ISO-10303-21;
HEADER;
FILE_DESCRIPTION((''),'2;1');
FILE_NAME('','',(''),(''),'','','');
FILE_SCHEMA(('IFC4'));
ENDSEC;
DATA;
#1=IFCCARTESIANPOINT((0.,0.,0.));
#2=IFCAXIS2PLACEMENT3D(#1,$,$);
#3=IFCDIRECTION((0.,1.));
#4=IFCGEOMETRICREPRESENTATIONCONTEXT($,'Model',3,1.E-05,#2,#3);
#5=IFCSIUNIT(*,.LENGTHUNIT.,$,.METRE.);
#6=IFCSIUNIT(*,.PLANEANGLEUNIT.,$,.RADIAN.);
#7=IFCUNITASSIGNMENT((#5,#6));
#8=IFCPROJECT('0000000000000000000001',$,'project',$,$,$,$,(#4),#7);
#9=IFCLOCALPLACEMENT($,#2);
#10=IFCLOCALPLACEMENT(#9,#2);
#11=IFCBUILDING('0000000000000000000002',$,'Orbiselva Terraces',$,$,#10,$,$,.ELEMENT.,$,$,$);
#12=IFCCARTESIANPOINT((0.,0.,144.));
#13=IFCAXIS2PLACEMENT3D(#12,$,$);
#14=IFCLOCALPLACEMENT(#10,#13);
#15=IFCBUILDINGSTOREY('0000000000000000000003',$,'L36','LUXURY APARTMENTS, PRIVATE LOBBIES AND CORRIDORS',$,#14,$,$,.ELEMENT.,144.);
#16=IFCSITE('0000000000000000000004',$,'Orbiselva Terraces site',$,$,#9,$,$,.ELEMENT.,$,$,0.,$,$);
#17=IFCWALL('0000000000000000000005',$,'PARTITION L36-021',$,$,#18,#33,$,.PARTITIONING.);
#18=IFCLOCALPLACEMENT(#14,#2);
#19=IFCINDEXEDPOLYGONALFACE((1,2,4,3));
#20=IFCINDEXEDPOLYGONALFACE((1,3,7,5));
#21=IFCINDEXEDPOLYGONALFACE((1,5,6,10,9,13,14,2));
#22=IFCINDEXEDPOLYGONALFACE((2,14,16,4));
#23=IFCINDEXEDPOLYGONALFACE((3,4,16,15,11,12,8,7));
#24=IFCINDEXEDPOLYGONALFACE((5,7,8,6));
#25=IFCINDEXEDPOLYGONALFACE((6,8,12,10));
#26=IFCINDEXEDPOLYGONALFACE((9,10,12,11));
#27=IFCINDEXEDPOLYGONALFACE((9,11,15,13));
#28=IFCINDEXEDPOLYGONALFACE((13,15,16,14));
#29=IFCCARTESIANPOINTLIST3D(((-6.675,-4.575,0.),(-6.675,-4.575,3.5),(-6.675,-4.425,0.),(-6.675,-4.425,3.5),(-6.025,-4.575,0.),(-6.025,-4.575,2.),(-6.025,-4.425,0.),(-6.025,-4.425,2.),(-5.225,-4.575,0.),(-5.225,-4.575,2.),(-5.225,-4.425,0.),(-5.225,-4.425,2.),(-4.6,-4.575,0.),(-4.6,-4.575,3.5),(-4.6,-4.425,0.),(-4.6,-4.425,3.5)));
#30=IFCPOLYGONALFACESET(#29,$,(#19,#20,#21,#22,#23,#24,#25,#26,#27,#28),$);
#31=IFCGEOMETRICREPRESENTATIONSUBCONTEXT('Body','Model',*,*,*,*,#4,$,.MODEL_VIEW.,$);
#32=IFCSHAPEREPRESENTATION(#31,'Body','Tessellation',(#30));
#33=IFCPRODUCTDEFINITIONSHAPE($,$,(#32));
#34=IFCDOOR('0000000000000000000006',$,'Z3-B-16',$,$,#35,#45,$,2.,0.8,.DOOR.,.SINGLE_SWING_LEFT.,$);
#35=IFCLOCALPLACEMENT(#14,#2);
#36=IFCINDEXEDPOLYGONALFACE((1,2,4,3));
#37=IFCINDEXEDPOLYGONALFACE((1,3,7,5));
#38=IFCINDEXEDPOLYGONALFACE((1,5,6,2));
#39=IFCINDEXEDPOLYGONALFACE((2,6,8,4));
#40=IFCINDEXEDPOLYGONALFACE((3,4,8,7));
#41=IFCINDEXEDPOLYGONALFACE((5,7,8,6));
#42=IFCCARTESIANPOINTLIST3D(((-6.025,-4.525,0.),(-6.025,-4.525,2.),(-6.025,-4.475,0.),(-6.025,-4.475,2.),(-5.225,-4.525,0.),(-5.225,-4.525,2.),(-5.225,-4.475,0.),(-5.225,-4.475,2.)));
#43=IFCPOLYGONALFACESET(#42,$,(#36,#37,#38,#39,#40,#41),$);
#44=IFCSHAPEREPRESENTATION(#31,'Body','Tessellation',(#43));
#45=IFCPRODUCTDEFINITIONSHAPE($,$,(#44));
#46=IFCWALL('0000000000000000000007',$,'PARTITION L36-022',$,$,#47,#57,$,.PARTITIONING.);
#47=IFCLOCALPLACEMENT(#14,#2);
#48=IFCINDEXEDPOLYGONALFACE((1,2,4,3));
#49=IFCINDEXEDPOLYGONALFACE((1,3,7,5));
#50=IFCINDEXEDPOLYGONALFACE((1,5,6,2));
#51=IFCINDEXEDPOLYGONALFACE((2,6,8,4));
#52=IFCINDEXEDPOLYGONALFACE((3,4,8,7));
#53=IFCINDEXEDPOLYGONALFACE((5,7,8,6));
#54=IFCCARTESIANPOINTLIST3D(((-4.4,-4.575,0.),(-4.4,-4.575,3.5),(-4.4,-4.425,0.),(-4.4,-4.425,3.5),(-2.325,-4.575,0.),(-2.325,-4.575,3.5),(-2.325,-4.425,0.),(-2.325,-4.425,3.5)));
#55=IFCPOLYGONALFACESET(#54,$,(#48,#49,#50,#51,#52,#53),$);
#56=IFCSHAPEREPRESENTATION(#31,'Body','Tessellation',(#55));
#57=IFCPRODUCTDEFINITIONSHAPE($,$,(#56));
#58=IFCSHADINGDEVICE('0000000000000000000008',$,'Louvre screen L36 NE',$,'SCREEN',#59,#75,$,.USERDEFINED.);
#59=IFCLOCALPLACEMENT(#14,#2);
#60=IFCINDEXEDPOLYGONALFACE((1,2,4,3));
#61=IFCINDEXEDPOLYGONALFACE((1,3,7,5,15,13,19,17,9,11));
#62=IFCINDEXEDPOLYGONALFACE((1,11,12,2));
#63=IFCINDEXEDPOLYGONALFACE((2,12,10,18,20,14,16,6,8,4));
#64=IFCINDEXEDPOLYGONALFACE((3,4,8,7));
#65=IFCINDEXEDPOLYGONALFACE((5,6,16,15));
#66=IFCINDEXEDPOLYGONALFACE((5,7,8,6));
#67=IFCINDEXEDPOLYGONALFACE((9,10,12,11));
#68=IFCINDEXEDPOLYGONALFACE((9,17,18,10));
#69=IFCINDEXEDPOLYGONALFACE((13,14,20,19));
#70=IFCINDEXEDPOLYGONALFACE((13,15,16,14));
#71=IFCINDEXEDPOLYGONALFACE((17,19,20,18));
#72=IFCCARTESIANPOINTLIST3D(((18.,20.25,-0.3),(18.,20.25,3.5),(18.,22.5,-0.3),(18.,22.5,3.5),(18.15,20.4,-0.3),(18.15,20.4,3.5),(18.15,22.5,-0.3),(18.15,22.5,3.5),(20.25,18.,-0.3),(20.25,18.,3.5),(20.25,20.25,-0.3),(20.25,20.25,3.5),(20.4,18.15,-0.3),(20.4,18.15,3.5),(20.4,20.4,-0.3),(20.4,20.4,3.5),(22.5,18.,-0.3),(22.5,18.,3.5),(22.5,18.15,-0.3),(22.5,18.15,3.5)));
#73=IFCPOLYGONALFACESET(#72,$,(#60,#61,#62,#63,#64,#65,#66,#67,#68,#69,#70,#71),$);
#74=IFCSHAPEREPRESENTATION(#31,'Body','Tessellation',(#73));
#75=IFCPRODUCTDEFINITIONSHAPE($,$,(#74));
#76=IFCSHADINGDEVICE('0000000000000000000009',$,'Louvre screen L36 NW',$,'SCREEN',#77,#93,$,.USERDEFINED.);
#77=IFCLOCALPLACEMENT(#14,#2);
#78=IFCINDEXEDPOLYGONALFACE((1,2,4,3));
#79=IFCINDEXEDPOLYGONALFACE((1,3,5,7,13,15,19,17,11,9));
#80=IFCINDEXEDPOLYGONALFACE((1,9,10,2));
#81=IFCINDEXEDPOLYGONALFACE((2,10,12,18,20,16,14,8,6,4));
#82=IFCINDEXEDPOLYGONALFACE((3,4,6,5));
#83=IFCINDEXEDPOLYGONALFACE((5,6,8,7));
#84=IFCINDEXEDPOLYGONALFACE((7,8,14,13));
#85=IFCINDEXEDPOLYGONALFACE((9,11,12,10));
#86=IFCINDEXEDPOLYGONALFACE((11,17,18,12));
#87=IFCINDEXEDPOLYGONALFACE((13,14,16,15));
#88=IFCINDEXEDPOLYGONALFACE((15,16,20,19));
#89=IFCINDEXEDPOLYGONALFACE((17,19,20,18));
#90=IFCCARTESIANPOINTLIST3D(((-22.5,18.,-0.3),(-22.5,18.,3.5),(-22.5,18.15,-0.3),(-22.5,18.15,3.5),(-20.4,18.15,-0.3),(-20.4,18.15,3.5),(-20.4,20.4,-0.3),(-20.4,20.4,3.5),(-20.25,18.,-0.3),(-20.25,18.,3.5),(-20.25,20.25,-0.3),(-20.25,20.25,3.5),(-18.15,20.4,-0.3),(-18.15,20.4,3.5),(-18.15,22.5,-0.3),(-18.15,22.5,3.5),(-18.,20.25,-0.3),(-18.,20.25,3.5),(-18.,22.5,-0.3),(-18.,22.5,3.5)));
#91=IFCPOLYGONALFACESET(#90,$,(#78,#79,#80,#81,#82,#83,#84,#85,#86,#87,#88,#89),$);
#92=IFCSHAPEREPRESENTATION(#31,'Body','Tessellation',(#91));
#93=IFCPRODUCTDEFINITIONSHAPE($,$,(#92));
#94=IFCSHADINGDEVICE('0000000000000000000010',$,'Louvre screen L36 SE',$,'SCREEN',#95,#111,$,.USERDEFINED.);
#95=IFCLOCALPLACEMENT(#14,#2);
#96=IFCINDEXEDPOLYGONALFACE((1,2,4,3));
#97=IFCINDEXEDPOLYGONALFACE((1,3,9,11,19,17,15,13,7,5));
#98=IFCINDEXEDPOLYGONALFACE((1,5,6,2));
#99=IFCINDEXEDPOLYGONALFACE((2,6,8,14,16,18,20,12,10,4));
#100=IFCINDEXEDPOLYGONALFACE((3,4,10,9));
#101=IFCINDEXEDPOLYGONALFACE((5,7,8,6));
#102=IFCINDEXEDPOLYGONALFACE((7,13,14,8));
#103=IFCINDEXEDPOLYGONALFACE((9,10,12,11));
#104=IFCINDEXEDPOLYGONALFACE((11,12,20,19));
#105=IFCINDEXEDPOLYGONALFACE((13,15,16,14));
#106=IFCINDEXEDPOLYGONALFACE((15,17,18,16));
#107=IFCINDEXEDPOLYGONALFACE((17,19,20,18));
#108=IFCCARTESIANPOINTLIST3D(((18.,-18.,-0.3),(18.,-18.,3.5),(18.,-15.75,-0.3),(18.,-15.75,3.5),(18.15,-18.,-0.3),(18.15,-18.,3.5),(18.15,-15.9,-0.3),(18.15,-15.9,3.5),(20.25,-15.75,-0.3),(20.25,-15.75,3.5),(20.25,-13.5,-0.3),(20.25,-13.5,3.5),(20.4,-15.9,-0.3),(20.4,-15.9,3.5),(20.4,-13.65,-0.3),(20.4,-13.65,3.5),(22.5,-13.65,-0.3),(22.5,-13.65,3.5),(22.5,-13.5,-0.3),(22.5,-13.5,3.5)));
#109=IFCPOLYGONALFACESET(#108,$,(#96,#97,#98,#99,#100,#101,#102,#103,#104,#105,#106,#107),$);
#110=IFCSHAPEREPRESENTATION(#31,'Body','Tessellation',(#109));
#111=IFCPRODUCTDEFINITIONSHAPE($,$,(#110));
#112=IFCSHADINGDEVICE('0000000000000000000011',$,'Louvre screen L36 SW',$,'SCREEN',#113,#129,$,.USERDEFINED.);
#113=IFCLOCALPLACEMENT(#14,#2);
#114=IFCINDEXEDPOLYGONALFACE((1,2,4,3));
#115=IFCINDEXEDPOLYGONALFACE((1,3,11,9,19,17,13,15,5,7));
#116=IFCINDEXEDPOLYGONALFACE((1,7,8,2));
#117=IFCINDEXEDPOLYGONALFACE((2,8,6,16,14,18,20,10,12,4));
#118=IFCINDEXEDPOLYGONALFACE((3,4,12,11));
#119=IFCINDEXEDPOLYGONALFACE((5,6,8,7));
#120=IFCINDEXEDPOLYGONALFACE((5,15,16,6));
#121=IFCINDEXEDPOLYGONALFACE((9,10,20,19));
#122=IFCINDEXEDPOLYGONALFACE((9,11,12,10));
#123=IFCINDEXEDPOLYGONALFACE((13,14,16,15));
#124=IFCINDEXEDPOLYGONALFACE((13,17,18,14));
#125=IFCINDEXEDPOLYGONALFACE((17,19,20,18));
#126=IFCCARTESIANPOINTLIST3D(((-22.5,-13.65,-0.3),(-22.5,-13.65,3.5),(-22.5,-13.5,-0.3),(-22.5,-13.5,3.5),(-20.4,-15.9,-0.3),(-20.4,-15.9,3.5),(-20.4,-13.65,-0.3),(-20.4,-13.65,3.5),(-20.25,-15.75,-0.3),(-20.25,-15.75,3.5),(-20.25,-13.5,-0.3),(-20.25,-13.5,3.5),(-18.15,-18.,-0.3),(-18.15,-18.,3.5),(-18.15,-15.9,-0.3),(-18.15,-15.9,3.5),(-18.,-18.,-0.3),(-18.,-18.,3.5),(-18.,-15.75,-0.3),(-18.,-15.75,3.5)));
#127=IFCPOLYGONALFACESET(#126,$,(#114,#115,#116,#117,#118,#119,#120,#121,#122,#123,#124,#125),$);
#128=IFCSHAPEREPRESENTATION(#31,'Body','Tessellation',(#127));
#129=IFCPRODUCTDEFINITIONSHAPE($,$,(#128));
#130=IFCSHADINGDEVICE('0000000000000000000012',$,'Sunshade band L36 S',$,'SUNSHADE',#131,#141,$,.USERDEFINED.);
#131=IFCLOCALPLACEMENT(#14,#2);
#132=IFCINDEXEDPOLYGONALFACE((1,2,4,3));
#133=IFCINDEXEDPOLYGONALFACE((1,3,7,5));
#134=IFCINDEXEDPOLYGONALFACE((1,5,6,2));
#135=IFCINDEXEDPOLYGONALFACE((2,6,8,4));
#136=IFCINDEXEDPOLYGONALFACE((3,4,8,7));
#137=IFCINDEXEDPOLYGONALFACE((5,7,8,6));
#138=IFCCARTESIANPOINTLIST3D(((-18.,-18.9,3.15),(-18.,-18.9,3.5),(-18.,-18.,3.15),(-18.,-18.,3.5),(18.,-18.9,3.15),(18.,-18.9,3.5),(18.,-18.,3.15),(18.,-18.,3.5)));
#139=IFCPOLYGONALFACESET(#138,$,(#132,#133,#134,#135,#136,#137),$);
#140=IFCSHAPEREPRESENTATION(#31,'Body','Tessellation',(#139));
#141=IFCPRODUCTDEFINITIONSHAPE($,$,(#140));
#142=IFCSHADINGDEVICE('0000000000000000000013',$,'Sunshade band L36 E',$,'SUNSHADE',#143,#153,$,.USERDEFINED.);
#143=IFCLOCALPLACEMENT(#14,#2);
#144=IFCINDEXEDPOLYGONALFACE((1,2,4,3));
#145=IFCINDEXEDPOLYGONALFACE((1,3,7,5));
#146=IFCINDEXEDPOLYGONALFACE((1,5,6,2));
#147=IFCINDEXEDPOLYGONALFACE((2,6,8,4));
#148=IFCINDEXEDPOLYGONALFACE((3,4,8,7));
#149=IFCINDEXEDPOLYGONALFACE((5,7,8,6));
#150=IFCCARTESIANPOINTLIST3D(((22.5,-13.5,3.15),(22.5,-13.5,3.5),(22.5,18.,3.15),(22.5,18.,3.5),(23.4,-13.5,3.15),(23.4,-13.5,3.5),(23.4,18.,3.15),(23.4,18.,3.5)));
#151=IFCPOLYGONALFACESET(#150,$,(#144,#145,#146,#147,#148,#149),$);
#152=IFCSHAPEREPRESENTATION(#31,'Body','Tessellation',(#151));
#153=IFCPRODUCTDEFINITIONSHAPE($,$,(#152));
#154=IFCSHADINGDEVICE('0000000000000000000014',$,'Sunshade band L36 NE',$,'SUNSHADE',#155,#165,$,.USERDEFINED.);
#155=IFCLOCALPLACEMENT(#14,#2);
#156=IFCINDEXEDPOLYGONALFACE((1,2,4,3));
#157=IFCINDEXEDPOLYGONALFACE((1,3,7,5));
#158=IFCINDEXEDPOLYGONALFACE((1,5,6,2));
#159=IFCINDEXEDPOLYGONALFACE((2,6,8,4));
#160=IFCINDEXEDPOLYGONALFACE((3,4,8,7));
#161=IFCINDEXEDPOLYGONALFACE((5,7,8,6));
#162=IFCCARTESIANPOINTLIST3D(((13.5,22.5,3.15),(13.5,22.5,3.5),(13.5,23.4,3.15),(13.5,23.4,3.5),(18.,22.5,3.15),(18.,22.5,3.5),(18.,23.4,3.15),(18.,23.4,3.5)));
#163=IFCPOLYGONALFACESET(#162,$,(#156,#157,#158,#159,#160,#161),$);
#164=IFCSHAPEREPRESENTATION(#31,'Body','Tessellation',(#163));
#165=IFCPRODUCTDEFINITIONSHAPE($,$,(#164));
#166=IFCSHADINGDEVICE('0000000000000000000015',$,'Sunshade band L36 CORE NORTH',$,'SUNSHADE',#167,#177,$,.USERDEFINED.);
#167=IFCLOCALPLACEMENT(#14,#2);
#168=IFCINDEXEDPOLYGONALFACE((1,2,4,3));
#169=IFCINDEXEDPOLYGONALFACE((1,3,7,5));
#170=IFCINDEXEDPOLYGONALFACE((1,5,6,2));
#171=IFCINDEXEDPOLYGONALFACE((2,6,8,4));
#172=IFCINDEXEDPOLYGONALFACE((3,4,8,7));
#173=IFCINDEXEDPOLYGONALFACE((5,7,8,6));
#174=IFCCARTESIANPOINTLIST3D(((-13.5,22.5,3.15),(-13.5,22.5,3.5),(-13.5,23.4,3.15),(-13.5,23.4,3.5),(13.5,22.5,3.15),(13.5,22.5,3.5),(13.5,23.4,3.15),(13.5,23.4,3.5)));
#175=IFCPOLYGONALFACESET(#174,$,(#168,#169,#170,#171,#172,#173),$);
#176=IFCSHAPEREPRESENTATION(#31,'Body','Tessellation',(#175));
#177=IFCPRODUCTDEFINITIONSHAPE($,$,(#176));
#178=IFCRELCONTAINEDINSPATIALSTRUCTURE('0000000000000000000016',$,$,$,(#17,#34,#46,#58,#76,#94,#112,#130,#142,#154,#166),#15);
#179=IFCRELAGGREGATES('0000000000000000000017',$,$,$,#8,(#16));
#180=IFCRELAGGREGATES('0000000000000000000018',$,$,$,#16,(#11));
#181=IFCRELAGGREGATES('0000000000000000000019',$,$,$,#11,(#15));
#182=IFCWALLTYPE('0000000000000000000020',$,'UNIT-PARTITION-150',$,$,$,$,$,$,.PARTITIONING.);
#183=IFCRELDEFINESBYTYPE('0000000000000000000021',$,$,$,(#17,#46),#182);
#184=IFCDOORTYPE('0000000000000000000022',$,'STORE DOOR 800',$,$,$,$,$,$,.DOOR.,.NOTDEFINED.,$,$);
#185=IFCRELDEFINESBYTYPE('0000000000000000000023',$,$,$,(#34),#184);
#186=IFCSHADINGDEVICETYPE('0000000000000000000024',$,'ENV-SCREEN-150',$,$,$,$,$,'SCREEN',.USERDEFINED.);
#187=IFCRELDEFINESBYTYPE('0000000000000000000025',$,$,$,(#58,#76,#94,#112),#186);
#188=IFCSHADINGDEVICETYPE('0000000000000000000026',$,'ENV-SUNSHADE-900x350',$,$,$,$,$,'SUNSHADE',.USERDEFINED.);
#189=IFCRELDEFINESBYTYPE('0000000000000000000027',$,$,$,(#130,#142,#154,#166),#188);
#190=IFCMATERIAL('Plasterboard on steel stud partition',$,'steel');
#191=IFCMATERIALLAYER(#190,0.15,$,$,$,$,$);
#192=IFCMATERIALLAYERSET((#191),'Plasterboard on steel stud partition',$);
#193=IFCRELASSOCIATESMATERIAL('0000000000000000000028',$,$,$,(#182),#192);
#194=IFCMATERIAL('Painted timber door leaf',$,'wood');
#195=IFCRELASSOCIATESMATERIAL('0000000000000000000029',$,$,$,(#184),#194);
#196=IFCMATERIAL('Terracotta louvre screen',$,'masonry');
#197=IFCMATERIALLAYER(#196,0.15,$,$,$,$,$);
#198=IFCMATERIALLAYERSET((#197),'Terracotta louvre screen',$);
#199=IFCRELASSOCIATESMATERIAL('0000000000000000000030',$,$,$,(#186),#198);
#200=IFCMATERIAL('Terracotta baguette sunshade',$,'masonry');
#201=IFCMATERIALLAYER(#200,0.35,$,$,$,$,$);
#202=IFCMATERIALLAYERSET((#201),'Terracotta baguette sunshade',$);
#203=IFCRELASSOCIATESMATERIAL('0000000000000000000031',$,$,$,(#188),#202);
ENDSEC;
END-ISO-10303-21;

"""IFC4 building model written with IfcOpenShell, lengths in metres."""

from ifc_helpers import new_model, si_unit, direction, frame, frame_2d, origin, place, context, subcontext, project, spatial, polyline, rectangle, outline, extrude, material, layer, layer_set, type_object, element, fill, save


model = new_model("IFC4")

# Units and contexts
model_context = context("Model", 3, precision=1e-05, world=origin(), true_north=direction((0.0, 1.0)))
body_context = subcontext(model_context, "Body", "Model", "MODEL_VIEW")
ifc_project = project(units=[si_unit("LENGTHUNIT", "METRE"), si_unit("PLANEANGLEUNIT", "RADIAN")], contexts=[model_context])

# Site, building, storey
site_placement = place(None, origin())
site = spatial("IfcSite", under=ifc_project, at=site_placement, Name="Orbiselva Terraces site", CompositionType="ELEMENT", RefElevation=0.0)
building_placement = place(site_placement, origin())
building = spatial("IfcBuilding", under=site, at=building_placement, Name="Orbiselva Terraces", CompositionType="ELEMENT")
storey_placement = place(building_placement, frame((0.0, 0.0, 144.0)))
storey = spatial("IfcBuildingStorey", under=building, at=storey_placement, Name="L36", Description="LUXURY APARTMENTS, PRIVATE LOBBIES AND CORRIDORS", CompositionType="ELEMENT", Elevation=144.0)

# Wall, opening, door
ifc_material_1 = material(Name="Plasterboard on steel stud partition", Category="steel")
ifc_layer_1 = layer(ifc_material_1, 0.15)
ifc_layer_set_1 = layer_set([ifc_layer_1], Name="Plasterboard on steel stud partition")
wall_type_1 = type_object("IfcWallType", Name="UNIT-PARTITION-150", PredefinedType="PARTITIONING", material=ifc_layer_set_1)
wall_1_placement = place(storey_placement, frame((-4.6, -4.5, 0.0), z_axis=(0.0, 0.0, 1.0), x_axis=(-1.0, 0.0, 0.0)))
wall_1 = element("IfcWall", 1, at=wall_1_placement, inside=storey, type_object=wall_type_1, Name="PARTITION L36-021", PredefinedType="PARTITIONING", context=body_context, shape_type="SweptSolid", body=[
    extrude(rectangle(XDim=2.075, YDim=0.15, at=frame_2d((1.0375, 0.0))), origin(), (0.0, 0.0, 1.0), 3.5),
])
opening_placement = place(wall_1_placement, frame((0.625, 0.0, 0.0)))
opening = element("IfcOpeningElement", 2, at=opening_placement, cuts=wall_1, PredefinedType="OPENING", context=body_context, shape_type="SweptSolid", body=[
    extrude(rectangle(XDim=0.8, YDim=2.0, at=frame_2d((0.4, 1.0))), frame((0.0, 0.085, 0.0), z_axis=(0.0, -1.0, 0.0), x_axis=(1.0, 0.0, 0.0)), (0.0, 0.0, 1.0), 0.17),
])
ifc_material_2 = material(Name="Painted timber door leaf", Category="wood")
door_type = type_object("IfcDoorType", Name="STORE DOOR 800", OperationType="NOTDEFINED", PredefinedType="DOOR", material=ifc_material_2)
door_placement = place(opening_placement, origin())
door = element("IfcDoor", 3, at=door_placement, inside=storey, type_object=door_type, Name="Z3-B-16", OperationType="SINGLE_SWING_LEFT", OverallHeight=2.0, OverallWidth=0.8, PredefinedType="DOOR", context=body_context, shape_type="SweptSolid", body=[
    extrude(rectangle(XDim=0.8, YDim=2.0, at=frame_2d((0.4, 1.0))), frame((0.0, 0.025, 0.0), z_axis=(0.0, -1.0, 0.0), x_axis=(1.0, 0.0, 0.0)), (0.0, 0.0, 1.0), 0.05),
])
fill(opening, door)

# Wall
wall_2_placement = place(storey_placement, frame((-4.4, -4.5, 0.0), z_axis=(0.0, 0.0, 1.0), x_axis=(1.0, 0.0, 0.0)))
element("IfcWall", 4, at=wall_2_placement, inside=storey, type_object=wall_type_1, Name="PARTITION L36-022", PredefinedType="PARTITIONING", context=body_context, shape_type="SweptSolid", body=[
    extrude(rectangle(XDim=2.075, YDim=0.15, at=frame_2d((1.0375, 0.0))), origin(), (0.0, 0.0, 1.0), 3.5),
])

# Shading devices
ifc_material_3 = material(Name="Terracotta louvre screen", Category="masonry")
ifc_layer_2 = layer(ifc_material_3, 0.15)
ifc_layer_set_2 = layer_set([ifc_layer_2], Name="Terracotta louvre screen")
shading_device_type_1 = type_object("IfcShadingDeviceType", Name="ENV-SCREEN-150", ElementType="SCREEN", PredefinedType="USERDEFINED", material=ifc_layer_set_2)
shading_device_1_placement = place(storey_placement, frame((0.0, 0.0, -0.3)))
element("IfcShadingDevice", 5, at=shading_device_1_placement, inside=storey, type_object=shading_device_type_1, Name="Louvre screen L36 NE", ObjectType="SCREEN", PredefinedType="USERDEFINED", context=body_context, shape_type="SweptSolid", body=[
    extrude(outline(polyline([(22.5, 18.15), (20.4, 18.15), (20.4, 20.4), (18.15, 20.4), (18.15, 22.5), (18.0, 22.5), (18.0, 20.25), (20.25, 20.25), (20.25, 18.0), (22.5, 18.0), (22.5, 18.15)])), origin(), (0.0, 0.0, 1.0), 3.8),
])
shading_device_2_placement = place(storey_placement, frame((0.0, 0.0, -0.3)))
element("IfcShadingDevice", 6, at=shading_device_2_placement, inside=storey, type_object=shading_device_type_1, Name="Louvre screen L36 NW", ObjectType="SCREEN", PredefinedType="USERDEFINED", context=body_context, shape_type="SweptSolid", body=[
    extrude(outline(polyline([(-18.15, 22.5), (-18.15, 20.4), (-20.4, 20.4), (-20.4, 18.15), (-22.5, 18.15), (-22.5, 18.0), (-20.25, 18.0), (-20.25, 20.25), (-18.0, 20.25), (-18.0, 22.5), (-18.15, 22.5)])), origin(), (0.0, 0.0, 1.0), 3.8),
])
shading_device_3_placement = place(storey_placement, frame((0.0, 0.0, -0.3)))
element("IfcShadingDevice", 7, at=shading_device_3_placement, inside=storey, type_object=shading_device_type_1, Name="Louvre screen L36 SE", ObjectType="SCREEN", PredefinedType="USERDEFINED", context=body_context, shape_type="SweptSolid", body=[
    extrude(outline(polyline([(18.15, -18.0), (18.15, -15.9), (20.4, -15.9), (20.4, -13.65), (22.5, -13.65), (22.5, -13.5), (20.25, -13.5), (20.25, -15.75), (18.0, -15.75), (18.0, -18.0), (18.15, -18.0)])), origin(), (0.0, 0.0, 1.0), 3.8),
])
shading_device_4_placement = place(storey_placement, frame((0.0, 0.0, -0.3)))
element("IfcShadingDevice", 8, at=shading_device_4_placement, inside=storey, type_object=shading_device_type_1, Name="Louvre screen L36 SW", ObjectType="SCREEN", PredefinedType="USERDEFINED", context=body_context, shape_type="SweptSolid", body=[
    extrude(outline(polyline([(-22.5, -13.65), (-20.4, -13.65), (-20.4, -15.9), (-18.15, -15.9), (-18.15, -18.0), (-18.0, -18.0), (-18.0, -15.75), (-20.25, -15.75), (-20.25, -13.5), (-22.5, -13.5), (-22.5, -13.65)])), origin(), (0.0, 0.0, 1.0), 3.8),
])
ifc_material_4 = material(Name="Terracotta baguette sunshade", Category="masonry")
ifc_layer_3 = layer(ifc_material_4, 0.35)
ifc_layer_set_3 = layer_set([ifc_layer_3], Name="Terracotta baguette sunshade")
shading_device_type_2 = type_object("IfcShadingDeviceType", Name="ENV-SUNSHADE-900x350", ElementType="SUNSHADE", PredefinedType="USERDEFINED", material=ifc_layer_set_3)
shading_device_5_placement = place(storey_placement, frame((0.0, 0.0, 3.15)))
element("IfcShadingDevice", 9, at=shading_device_5_placement, inside=storey, type_object=shading_device_type_2, Name="Sunshade band L36 S", ObjectType="SUNSHADE", PredefinedType="USERDEFINED", context=body_context, shape_type="SweptSolid", body=[
    extrude(outline(polyline([(-18.0, -18.9), (18.0, -18.9), (18.0, -18.0), (-18.0, -18.0), (-18.0, -18.9)])), origin(), (0.0, 0.0, 1.0), 0.35),
])
shading_device_6_placement = place(storey_placement, frame((0.0, 0.0, 3.15)))
element("IfcShadingDevice", 10, at=shading_device_6_placement, inside=storey, type_object=shading_device_type_2, Name="Sunshade band L36 E", ObjectType="SUNSHADE", PredefinedType="USERDEFINED", context=body_context, shape_type="SweptSolid", body=[
    extrude(outline(polyline([(23.4, -13.5), (23.4, 18.0), (22.5, 18.0), (22.5, -13.5), (23.4, -13.5)])), origin(), (0.0, 0.0, 1.0), 0.35),
])
shading_device_7_placement = place(storey_placement, frame((0.0, 0.0, 3.15)))
element("IfcShadingDevice", 11, at=shading_device_7_placement, inside=storey, type_object=shading_device_type_2, Name="Sunshade band L36 NE", ObjectType="SUNSHADE", PredefinedType="USERDEFINED", context=body_context, shape_type="SweptSolid", body=[
    extrude(outline(polyline([(18.0, 23.4), (13.5, 23.4), (13.5, 22.5), (18.0, 22.5), (18.0, 23.4)])), origin(), (0.0, 0.0, 1.0), 0.35),
])
shading_device_8_placement = place(storey_placement, frame((0.0, 0.0, 3.15)))
element("IfcShadingDevice", 12, at=shading_device_8_placement, inside=storey, type_object=shading_device_type_2, Name="Sunshade band L36 CORE NORTH", ObjectType="SUNSHADE", PredefinedType="USERDEFINED", context=body_context, shape_type="SweptSolid", body=[
    extrude(outline(polyline([(13.5, 23.4), (-13.5, 23.4), (-13.5, 22.5), (13.5, 22.5), (13.5, 23.4)])), origin(), (0.0, 0.0, 1.0), 0.35),
])

save(model, "model.ifc")
